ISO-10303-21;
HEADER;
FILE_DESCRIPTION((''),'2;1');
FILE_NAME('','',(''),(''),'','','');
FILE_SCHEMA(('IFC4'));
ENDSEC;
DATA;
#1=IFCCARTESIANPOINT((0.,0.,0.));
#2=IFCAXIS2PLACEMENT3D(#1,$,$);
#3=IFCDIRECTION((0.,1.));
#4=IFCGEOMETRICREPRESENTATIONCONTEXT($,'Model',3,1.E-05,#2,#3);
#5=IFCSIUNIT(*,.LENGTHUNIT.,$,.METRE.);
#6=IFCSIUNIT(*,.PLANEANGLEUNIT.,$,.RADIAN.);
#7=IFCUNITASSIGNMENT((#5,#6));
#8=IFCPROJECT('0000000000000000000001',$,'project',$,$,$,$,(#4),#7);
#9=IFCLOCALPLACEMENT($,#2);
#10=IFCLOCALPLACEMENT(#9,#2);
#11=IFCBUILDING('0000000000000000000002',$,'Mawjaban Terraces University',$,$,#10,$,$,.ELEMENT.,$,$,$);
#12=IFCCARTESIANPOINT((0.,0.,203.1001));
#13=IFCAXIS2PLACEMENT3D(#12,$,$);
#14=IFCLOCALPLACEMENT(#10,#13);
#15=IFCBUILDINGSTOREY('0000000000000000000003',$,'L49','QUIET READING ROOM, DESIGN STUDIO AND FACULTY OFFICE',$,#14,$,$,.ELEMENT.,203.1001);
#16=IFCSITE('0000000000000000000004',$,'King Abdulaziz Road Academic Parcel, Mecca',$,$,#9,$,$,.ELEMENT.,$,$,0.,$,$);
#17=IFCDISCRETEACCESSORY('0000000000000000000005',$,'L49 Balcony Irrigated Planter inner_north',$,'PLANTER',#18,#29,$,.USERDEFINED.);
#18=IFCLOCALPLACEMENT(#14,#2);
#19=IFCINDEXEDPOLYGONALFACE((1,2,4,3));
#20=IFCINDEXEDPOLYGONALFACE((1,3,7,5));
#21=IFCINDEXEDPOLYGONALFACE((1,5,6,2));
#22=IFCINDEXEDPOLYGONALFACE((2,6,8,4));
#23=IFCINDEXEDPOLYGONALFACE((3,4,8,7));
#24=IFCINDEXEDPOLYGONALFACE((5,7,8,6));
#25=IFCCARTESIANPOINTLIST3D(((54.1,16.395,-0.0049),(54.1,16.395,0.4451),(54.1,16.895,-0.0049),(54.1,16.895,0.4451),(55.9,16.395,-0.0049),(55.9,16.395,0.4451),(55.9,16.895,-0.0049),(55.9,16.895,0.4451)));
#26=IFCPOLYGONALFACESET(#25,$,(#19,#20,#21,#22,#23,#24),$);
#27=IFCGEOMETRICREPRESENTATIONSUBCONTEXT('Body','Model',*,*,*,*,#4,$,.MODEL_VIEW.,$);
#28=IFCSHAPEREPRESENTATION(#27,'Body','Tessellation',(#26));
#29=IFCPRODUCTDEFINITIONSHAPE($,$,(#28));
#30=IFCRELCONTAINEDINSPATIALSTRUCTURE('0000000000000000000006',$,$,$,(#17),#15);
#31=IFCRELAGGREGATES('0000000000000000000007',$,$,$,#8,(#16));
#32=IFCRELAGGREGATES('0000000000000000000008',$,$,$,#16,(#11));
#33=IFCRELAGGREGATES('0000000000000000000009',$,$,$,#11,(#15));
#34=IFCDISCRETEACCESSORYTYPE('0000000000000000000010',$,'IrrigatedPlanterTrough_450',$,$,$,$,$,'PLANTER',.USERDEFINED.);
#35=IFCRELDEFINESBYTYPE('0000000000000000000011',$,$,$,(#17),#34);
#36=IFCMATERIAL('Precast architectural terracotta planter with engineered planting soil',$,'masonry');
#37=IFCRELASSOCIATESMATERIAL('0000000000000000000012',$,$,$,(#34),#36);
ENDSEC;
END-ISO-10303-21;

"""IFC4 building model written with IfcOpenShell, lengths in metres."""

from ifc_helpers import new_model, si_unit, direction, frame, origin, origin_2d, place, context, subcontext, project, spatial, rectangle, extrude, material, type_object, element, save


model = new_model("IFC4")

# Units and contexts
model_context = context("Model", 3, precision=1e-05, world=origin(), true_north=direction((0.0, 1.0)))
body_context = subcontext(model_context, "Body", "Model", "MODEL_VIEW")
ifc_project = project(units=[si_unit("LENGTHUNIT", "METRE"), si_unit("PLANEANGLEUNIT", "RADIAN")], contexts=[model_context])

# Site, building, storey
site_placement = place(None, origin())
site = spatial("IfcSite", under=ifc_project, at=site_placement, Name="King Abdulaziz Road Academic Parcel, Mecca", CompositionType="ELEMENT", RefElevation=0.0)
building_placement = place(site_placement, origin())
building = spatial("IfcBuilding", under=site, at=building_placement, Name="Mawjaban Terraces University", CompositionType="ELEMENT")
storey_placement = place(building_placement, frame((0.0, 0.0, 203.1001)))
storey = spatial("IfcBuildingStorey", under=building, at=storey_placement, Name="L49", Description="QUIET READING ROOM, DESIGN STUDIO AND FACULTY OFFICE", CompositionType="ELEMENT", Elevation=203.1001)

# Discrete accessory
ifc_material_1 = material(Name="Precast architectural terracotta planter with engineered planting soil", Category="masonry")
discrete_accessory_type_1 = type_object("IfcDiscreteAccessoryType", Name="IrrigatedPlanterTrough_450", ElementType="PLANTER", PredefinedType="USERDEFINED", material=ifc_material_1)
discrete_accessory_1_placement = place(storey_placement, frame((55.0, 16.645, -0.0049), z_axis=(0.0, 0.0, 1.0), x_axis=(1.0, 0.0, 0.0)))
element("IfcDiscreteAccessory", 1, at=discrete_accessory_1_placement, inside=storey, type_object=discrete_accessory_type_1, Name="L49 Balcony Irrigated Planter inner_north", ObjectType="PLANTER", PredefinedType="USERDEFINED", context=body_context, shape_type="SweptSolid", body=[
    extrude(rectangle(XDim=1.8, YDim=0.5, at=origin_2d()), origin(), (0.0, 0.0, 1.0), 0.45),
])

save(model, "model.ifc")
